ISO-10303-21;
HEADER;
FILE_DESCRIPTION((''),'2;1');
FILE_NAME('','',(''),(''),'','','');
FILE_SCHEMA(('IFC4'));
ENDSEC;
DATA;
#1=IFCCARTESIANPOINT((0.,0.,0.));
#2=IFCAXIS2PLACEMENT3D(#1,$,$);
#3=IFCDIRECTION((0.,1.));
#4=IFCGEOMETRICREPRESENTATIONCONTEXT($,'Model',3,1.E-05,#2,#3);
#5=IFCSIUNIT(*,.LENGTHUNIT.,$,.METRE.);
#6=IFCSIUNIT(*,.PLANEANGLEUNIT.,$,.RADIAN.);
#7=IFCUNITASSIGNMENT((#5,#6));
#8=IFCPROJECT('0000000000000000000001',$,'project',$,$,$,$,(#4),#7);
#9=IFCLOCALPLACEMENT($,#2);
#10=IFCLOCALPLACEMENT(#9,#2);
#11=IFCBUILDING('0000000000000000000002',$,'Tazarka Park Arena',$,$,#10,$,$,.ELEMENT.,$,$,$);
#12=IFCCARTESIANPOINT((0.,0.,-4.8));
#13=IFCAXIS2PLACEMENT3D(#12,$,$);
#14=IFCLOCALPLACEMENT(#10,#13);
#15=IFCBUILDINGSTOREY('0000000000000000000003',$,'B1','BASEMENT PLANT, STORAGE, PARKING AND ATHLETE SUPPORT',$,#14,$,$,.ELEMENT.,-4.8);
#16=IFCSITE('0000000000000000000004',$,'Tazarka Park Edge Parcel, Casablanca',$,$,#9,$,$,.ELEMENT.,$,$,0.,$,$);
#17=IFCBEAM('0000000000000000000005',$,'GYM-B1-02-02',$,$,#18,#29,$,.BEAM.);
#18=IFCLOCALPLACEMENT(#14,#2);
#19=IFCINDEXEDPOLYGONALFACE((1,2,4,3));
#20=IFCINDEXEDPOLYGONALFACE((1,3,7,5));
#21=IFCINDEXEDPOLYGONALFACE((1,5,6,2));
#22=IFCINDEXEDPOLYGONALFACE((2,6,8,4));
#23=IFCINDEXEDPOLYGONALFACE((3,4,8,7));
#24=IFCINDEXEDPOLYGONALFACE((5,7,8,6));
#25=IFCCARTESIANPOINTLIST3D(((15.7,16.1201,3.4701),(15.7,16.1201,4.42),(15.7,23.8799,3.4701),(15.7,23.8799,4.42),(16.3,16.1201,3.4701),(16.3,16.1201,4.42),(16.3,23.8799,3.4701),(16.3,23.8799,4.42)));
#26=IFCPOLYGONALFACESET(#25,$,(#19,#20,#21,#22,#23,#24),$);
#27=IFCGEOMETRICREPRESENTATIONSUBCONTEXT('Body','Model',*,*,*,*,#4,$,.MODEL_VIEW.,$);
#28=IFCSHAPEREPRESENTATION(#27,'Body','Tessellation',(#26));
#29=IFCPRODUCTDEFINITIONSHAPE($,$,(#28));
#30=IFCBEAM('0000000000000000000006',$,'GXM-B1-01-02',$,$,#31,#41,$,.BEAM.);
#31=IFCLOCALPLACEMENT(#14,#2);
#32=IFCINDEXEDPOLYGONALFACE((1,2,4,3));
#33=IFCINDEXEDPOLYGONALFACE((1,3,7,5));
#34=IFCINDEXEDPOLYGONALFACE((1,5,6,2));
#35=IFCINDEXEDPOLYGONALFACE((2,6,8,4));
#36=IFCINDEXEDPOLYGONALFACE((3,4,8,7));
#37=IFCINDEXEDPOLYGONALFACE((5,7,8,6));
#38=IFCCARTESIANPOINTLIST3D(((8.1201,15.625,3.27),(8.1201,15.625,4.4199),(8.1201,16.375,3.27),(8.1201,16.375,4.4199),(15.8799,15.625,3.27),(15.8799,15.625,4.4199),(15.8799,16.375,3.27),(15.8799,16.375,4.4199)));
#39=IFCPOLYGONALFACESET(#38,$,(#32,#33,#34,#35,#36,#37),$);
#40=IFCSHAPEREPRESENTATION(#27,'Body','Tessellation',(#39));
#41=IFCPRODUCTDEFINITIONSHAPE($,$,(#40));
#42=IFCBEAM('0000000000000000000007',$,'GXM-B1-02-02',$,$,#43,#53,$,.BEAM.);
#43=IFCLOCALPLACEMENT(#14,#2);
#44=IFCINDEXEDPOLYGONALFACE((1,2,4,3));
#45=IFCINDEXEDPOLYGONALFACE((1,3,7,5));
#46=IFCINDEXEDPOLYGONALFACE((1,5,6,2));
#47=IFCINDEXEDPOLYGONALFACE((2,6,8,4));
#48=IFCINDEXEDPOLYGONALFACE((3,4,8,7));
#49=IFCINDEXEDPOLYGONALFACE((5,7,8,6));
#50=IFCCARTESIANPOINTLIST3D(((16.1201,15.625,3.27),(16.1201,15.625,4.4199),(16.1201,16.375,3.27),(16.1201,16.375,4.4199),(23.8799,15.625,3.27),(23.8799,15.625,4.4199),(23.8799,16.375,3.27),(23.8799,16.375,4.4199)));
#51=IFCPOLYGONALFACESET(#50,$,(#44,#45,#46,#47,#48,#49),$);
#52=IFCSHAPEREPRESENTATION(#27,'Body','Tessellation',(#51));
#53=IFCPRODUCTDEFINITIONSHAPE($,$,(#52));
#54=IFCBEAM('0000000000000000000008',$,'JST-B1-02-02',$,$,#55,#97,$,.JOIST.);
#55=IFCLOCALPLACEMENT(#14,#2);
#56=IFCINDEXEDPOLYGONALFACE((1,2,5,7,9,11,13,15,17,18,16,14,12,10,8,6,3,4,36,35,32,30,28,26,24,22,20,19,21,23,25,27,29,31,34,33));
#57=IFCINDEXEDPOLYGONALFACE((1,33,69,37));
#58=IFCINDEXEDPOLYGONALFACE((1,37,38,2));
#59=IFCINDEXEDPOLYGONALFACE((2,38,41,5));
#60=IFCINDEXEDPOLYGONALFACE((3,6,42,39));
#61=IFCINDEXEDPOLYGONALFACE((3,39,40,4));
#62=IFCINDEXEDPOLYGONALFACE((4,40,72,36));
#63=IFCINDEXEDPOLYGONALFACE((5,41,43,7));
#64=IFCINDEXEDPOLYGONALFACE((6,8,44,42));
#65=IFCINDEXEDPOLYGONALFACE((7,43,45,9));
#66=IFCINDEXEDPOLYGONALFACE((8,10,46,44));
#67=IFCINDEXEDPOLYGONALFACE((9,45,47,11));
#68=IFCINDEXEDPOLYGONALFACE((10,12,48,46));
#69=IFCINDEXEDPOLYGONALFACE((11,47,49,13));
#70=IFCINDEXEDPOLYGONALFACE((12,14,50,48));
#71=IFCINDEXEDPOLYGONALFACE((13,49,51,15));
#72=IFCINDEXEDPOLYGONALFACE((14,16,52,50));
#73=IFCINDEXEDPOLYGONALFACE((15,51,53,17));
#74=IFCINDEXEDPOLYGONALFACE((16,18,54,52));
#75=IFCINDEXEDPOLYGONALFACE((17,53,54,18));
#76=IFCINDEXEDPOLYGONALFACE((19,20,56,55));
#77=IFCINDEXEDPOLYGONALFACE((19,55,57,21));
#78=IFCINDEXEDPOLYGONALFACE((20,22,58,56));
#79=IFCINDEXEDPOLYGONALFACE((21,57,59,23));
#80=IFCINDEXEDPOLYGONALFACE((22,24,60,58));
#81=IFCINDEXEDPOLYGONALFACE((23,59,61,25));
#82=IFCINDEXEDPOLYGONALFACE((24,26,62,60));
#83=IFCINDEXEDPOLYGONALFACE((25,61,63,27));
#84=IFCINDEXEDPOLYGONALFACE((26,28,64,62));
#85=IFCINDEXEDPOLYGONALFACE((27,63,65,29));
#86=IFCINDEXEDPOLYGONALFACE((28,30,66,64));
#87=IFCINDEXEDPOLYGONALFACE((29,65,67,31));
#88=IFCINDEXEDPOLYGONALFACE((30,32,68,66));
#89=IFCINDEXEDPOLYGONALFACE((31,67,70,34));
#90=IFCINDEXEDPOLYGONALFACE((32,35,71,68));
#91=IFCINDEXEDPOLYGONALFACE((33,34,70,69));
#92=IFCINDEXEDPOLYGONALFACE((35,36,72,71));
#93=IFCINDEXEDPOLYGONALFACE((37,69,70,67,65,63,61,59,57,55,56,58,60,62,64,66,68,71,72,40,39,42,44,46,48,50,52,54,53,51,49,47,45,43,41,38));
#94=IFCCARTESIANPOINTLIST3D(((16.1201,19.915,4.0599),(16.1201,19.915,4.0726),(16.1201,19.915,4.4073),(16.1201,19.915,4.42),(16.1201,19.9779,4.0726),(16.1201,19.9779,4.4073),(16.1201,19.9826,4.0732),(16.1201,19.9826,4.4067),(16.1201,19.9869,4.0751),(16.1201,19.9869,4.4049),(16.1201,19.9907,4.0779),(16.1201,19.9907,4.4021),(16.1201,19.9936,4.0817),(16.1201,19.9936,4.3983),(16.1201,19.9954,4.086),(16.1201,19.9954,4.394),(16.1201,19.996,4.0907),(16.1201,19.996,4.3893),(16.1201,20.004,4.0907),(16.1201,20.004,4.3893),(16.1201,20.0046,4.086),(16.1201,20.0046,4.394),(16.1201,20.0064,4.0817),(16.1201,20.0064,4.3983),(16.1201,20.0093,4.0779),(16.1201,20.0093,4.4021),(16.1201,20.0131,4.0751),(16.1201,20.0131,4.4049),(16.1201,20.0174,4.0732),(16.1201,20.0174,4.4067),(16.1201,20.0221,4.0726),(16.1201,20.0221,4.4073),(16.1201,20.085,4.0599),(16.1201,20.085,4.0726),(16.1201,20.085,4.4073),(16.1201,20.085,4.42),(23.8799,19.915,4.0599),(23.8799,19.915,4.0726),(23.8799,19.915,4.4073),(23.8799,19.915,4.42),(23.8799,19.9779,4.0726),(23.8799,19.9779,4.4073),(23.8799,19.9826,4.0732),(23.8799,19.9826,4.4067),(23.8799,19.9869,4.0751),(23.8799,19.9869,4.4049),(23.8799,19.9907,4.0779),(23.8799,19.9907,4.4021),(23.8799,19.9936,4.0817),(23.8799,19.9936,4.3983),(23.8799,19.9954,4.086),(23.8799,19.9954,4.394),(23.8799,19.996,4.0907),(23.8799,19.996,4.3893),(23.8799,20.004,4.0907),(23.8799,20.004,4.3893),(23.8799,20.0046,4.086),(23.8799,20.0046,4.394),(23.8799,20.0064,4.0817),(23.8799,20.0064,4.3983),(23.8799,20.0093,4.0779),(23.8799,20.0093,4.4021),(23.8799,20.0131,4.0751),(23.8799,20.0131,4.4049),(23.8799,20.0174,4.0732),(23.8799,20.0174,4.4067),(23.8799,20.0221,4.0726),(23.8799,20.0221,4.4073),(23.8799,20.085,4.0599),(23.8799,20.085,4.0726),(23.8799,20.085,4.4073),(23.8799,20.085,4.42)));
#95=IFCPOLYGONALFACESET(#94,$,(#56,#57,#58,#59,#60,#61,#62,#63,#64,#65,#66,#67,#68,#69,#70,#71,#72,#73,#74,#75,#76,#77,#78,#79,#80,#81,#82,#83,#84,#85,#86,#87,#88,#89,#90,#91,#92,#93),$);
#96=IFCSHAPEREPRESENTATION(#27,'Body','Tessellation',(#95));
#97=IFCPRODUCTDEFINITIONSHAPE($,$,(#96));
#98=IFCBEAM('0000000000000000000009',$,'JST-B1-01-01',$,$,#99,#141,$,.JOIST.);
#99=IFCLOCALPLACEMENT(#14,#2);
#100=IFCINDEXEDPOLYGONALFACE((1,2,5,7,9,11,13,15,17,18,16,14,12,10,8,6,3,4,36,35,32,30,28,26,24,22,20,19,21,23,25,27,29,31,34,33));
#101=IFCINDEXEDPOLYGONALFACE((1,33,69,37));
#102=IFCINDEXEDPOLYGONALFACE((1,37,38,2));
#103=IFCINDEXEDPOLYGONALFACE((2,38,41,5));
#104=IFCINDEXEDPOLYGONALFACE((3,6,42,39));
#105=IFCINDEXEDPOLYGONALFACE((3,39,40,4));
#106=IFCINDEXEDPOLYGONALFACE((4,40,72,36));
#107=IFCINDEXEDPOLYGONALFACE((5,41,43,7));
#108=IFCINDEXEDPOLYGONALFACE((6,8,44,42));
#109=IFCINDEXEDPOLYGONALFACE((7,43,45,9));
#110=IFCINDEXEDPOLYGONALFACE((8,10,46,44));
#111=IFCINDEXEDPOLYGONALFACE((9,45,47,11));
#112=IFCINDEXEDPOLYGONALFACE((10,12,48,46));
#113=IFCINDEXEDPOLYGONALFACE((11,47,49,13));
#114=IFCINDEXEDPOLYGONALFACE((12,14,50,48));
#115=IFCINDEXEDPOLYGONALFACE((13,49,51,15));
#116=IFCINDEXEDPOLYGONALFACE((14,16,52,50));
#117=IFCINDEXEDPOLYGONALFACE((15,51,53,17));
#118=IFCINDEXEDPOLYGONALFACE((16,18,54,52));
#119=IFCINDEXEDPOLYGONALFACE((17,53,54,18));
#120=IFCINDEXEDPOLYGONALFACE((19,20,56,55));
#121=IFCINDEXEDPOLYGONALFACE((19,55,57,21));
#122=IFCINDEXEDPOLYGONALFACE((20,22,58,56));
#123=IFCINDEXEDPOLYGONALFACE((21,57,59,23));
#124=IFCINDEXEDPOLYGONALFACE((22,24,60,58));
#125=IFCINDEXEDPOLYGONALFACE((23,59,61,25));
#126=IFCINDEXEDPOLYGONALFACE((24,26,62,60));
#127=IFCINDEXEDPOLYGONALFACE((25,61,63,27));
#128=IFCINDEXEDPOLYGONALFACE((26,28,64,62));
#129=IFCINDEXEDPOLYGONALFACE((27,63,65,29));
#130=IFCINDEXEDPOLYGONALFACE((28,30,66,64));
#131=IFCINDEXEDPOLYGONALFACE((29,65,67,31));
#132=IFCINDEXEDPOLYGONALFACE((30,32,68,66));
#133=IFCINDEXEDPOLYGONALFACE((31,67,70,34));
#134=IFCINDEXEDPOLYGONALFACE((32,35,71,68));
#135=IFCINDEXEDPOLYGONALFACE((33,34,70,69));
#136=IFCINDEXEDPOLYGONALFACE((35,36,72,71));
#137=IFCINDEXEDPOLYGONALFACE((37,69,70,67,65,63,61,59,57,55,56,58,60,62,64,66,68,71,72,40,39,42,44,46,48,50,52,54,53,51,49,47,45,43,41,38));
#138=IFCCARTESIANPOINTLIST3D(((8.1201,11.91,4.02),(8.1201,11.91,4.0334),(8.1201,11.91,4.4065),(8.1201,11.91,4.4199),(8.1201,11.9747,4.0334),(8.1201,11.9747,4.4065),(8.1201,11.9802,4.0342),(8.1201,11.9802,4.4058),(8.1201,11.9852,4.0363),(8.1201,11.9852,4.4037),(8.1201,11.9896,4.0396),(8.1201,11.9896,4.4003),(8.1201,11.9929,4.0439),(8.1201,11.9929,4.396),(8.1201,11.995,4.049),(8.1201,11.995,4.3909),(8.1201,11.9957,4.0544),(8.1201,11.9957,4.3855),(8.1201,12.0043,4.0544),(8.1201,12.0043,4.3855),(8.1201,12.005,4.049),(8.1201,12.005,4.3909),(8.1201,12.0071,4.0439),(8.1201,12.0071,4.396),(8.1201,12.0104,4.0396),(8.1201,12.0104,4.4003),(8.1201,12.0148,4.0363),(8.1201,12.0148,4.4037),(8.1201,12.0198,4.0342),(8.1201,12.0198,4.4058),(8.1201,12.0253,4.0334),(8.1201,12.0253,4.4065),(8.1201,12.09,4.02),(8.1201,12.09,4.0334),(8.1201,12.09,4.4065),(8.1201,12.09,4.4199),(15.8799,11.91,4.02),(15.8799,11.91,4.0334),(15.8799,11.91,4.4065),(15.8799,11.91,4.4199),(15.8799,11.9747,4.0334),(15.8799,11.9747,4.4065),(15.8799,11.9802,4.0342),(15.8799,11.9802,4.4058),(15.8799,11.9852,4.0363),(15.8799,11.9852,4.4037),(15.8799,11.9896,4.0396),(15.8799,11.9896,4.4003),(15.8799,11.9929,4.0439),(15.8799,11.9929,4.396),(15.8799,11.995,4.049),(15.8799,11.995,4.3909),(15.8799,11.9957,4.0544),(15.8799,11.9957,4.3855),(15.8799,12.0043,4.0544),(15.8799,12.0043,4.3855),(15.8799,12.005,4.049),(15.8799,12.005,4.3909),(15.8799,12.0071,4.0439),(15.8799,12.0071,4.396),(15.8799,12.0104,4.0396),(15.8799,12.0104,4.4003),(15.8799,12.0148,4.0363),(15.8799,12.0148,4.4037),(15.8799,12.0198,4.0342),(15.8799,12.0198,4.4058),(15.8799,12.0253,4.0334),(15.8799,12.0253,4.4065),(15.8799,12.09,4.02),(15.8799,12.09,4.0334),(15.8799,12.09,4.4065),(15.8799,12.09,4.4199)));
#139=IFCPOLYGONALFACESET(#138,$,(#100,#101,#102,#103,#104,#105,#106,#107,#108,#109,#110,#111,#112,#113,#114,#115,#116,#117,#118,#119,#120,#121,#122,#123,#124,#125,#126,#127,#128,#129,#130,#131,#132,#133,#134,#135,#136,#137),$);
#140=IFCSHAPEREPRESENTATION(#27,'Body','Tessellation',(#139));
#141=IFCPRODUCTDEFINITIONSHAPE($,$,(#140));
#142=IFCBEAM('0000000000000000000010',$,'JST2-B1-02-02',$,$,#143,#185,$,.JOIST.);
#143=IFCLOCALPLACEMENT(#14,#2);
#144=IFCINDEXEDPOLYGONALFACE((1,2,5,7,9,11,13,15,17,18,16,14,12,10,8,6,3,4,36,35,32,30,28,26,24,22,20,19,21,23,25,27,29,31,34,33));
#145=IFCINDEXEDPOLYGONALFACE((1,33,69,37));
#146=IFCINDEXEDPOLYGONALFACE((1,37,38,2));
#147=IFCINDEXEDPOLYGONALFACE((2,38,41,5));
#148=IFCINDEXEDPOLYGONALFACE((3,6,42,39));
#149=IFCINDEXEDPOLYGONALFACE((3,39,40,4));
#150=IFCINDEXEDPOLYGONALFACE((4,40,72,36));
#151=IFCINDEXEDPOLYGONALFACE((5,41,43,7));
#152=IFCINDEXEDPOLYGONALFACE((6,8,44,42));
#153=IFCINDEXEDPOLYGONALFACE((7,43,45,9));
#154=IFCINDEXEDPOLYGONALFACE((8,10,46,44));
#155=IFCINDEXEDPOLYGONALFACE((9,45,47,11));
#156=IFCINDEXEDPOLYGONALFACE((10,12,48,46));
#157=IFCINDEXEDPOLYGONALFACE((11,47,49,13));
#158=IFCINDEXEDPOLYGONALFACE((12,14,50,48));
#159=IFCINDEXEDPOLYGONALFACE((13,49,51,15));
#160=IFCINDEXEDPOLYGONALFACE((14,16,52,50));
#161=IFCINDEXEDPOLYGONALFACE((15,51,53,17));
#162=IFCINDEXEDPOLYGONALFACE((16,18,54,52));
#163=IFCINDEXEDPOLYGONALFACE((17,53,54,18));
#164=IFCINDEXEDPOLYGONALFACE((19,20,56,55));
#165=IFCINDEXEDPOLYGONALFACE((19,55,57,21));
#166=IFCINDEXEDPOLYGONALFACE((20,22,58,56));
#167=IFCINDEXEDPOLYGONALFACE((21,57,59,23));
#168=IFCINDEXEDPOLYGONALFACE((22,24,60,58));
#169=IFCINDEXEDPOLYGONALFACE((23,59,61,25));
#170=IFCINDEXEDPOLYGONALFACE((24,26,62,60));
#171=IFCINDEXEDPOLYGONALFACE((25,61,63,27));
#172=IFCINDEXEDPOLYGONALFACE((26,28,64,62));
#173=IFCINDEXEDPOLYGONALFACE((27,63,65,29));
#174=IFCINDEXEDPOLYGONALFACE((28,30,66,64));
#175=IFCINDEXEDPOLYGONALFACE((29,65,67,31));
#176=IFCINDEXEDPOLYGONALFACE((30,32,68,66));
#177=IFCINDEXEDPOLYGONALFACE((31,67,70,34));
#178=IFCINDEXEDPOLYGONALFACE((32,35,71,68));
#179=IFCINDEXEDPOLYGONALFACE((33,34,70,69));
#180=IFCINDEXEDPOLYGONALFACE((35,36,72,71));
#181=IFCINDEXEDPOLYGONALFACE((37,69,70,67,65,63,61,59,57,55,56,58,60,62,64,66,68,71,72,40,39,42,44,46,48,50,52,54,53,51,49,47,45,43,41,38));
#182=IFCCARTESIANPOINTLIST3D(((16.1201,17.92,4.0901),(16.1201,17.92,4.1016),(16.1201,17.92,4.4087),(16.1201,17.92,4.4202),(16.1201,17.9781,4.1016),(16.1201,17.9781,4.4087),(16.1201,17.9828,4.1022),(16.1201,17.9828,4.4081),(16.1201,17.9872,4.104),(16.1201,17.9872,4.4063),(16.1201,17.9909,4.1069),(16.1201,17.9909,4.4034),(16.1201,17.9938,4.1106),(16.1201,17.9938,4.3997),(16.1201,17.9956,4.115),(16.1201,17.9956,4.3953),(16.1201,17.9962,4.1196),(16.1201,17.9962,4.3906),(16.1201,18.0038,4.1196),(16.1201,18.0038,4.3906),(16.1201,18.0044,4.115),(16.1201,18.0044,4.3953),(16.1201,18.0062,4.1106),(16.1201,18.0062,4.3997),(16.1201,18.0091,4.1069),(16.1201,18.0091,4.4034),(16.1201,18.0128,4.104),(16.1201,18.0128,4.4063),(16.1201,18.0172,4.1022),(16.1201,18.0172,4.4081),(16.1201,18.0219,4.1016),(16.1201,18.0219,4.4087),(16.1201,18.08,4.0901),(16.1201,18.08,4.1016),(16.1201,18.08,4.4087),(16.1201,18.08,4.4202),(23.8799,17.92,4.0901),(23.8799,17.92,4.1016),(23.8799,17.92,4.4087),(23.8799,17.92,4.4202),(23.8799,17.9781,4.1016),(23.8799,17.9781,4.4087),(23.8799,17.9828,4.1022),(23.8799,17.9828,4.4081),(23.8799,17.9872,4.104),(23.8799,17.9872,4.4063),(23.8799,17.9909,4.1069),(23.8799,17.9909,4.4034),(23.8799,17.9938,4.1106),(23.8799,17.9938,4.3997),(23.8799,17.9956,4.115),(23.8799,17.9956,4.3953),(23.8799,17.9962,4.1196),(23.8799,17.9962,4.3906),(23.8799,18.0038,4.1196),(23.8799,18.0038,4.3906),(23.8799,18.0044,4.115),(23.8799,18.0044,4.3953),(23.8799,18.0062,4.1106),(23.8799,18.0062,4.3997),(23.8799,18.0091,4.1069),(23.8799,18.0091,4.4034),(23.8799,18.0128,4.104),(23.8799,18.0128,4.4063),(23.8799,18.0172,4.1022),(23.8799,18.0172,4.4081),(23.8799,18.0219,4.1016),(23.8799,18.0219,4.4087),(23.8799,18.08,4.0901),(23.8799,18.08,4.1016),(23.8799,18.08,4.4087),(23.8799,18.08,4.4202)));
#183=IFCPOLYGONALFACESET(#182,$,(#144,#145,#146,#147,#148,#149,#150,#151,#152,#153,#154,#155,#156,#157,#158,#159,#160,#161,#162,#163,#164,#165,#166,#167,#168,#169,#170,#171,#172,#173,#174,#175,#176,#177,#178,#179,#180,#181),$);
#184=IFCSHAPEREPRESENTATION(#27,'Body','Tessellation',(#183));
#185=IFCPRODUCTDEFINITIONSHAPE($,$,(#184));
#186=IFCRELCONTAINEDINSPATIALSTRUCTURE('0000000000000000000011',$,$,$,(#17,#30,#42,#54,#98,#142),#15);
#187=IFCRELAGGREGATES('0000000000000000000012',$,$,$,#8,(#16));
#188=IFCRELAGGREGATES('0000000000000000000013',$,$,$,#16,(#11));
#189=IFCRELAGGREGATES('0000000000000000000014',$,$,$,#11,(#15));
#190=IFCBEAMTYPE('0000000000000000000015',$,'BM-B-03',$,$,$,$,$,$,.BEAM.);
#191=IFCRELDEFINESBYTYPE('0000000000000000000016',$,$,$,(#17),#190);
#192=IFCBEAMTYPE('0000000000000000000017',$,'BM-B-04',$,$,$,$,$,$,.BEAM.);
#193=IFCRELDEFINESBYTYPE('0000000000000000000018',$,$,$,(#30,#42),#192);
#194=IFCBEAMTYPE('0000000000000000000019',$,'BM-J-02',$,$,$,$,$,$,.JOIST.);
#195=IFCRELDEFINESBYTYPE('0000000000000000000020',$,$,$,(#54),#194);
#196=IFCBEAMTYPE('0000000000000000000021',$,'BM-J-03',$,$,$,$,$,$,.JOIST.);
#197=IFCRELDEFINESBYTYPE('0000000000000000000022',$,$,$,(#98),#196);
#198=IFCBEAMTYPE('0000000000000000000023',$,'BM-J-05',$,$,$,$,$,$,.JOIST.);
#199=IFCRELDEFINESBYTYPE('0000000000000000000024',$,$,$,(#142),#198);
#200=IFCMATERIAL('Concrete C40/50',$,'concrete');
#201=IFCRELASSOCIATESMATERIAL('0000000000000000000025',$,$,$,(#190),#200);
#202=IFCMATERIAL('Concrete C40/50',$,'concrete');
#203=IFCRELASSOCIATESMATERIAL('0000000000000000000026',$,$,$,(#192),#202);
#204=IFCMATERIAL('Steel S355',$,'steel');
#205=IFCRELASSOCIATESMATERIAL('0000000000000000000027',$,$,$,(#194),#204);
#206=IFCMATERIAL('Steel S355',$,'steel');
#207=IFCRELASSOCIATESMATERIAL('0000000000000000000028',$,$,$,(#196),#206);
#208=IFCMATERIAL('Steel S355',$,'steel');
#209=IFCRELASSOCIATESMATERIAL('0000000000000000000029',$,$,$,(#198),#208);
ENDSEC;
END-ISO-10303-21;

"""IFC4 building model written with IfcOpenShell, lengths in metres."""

from ifc_helpers import new_model, si_unit, direction, frame, origin, origin_2d, place, context, subcontext, project, spatial, rectangle, i_section, extrude, material, material_profile, profile_set, type_object, element, save


model = new_model("IFC4")

# Units and contexts
model_context = context("Model", 3, precision=1e-05, world=origin(), true_north=direction((0.0, 1.0)))
body_context = subcontext(model_context, "Body", "Model", "MODEL_VIEW")
ifc_project = project(units=[si_unit("LENGTHUNIT", "METRE"), si_unit("PLANEANGLEUNIT", "RADIAN")], contexts=[model_context])

# Site, building, storey
site_placement = place(None, origin())
site = spatial("IfcSite", under=ifc_project, at=site_placement, Name="Tazarka Park Edge Parcel, Casablanca", CompositionType="ELEMENT", RefElevation=0.0)
building_placement = place(site_placement, origin())
building = spatial("IfcBuilding", under=site, at=building_placement, Name="Tazarka Park Arena", CompositionType="ELEMENT")
storey_placement = place(building_placement, frame((0.0, 0.0, -4.8)))
storey = spatial("IfcBuildingStorey", under=building, at=storey_placement, Name="B1", Description="BASEMENT PLANT, STORAGE, PARKING AND ATHLETE SUPPORT", CompositionType="ELEMENT", Elevation=-4.8)

# Beams
ifc_material_1 = material(Name="Concrete C40/50", Category="concrete")
ifc_material_profile_1 = material_profile(ifc_material_1, rectangle(XDim=0.6001, YDim=0.95, at=origin_2d()), Name="Concrete C40/50")
ifc_profile_set_1 = profile_set([ifc_material_profile_1], Name="Concrete C40/50")
beam_type_1 = type_object("IfcBeamType", Name="BM-B-03", PredefinedType="BEAM", material=ifc_profile_set_1)
beam_1_placement = place(storey_placement, frame((16.0, 16.1201, 3.9451), z_axis=(0.0, 1.0, 0.0), x_axis=(-1.0, 0.0, 0.0)))
element("IfcBeam", 1, at=beam_1_placement, inside=storey, type_object=beam_type_1, Name="GYM-B1-02-02", PredefinedType="BEAM", context=body_context, shape_type="SweptSolid", body=[
    extrude(rectangle(XDim=0.6001, YDim=0.95, at=origin_2d()), origin(), (0.0, 0.0, 1.0), 7.7598),
])
ifc_material_2 = material(Name="Concrete C40/50", Category="concrete")
ifc_material_profile_2 = material_profile(ifc_material_2, rectangle(XDim=0.75, YDim=1.1499, at=origin_2d()), Name="Concrete C40/50")
ifc_profile_set_2 = profile_set([ifc_material_profile_2], Name="Concrete C40/50")
beam_type_2 = type_object("IfcBeamType", Name="BM-B-04", PredefinedType="BEAM", material=ifc_profile_set_2)
for number, where, z_axis, x_axis, name in (
    (2, (8.1201, 16.0, 3.845), (1.0, 0.0, 0.0), (0.0, 1.0, 0.0), "GXM-B1-01-02"),
    (3, (16.1201, 16.0, 3.845), (1.0, 0.0, 0.0), (0.0, 1.0, 0.0), "GXM-B1-02-02"),
):
    element("IfcBeam", number, at=place(storey_placement, frame(where, z_axis=z_axis, x_axis=x_axis)), inside=storey, type_object=beam_type_2, Name=name, PredefinedType="BEAM", context=body_context, shape_type="SweptSolid", body=[
        extrude(rectangle(XDim=0.75, YDim=1.1499, at=origin_2d()), origin(), (0.0, 0.0, 1.0), 7.7598),
    ])
ifc_material_3 = material(Name="Steel S355", Category="steel")
ifc_material_profile_3 = material_profile(ifc_material_3, i_section(OverallWidth=0.1699, OverallDepth=0.3601, WebThickness=0.0081, FlangeThickness=0.0127, FilletRadius=0.0181, at=origin_2d()), Name="Steel S355")
ifc_profile_set_3 = profile_set([ifc_material_profile_3], Name="Steel S355")
beam_type_3 = type_object("IfcBeamType", Name="BM-J-02", PredefinedType="JOIST", material=ifc_profile_set_3)
beam_2_placement = place(storey_placement, frame((16.1201, 20.0, 4.24), z_axis=(1.0, 0.0, 0.0), x_axis=(0.0, 1.0, 0.0)))
element("IfcBeam", 4, at=beam_2_placement, inside=storey, type_object=beam_type_3, Name="JST-B1-02-02", PredefinedType="JOIST", context=body_context, shape_type="SweptSolid", body=[
    extrude(i_section(OverallWidth=0.1699, OverallDepth=0.3601, WebThickness=0.0081, FlangeThickness=0.0127, FilletRadius=0.0181, at=origin_2d()), origin(), (0.0, 0.0, 1.0), 7.7598),
])
ifc_material_4 = material(Name="Steel S355", Category="steel")
ifc_material_profile_4 = material_profile(ifc_material_4, i_section(OverallWidth=0.1799, OverallDepth=0.3999, WebThickness=0.0085, FlangeThickness=0.0134, FilletRadius=0.021, at=origin_2d()), Name="Steel S355")
ifc_profile_set_4 = profile_set([ifc_material_profile_4], Name="Steel S355")
beam_type_4 = type_object("IfcBeamType", Name="BM-J-03", PredefinedType="JOIST", material=ifc_profile_set_4)
beam_3_placement = place(storey_placement, frame((8.1201, 12.0, 4.22), z_axis=(1.0, 0.0, 0.0), x_axis=(0.0, 1.0, 0.0)))
element("IfcBeam", 5, at=beam_3_placement, inside=storey, type_object=beam_type_4, Name="JST-B1-01-01", PredefinedType="JOIST", context=body_context, shape_type="SweptSolid", body=[
    extrude(i_section(OverallWidth=0.1799, OverallDepth=0.3999, WebThickness=0.0085, FlangeThickness=0.0134, FilletRadius=0.021, at=origin_2d()), origin(), (0.0, 0.0, 1.0), 7.7598),
])
ifc_material_5 = material(Name="Steel S355", Category="steel")
ifc_material_profile_5 = material_profile(ifc_material_5, i_section(OverallWidth=0.1599, OverallDepth=0.3301, WebThickness=0.0076, FlangeThickness=0.0115, FilletRadius=0.0181, at=origin_2d()), Name="Steel S355")
ifc_profile_set_5 = profile_set([ifc_material_profile_5], Name="Steel S355")
beam_type_5 = type_object("IfcBeamType", Name="BM-J-05", PredefinedType="JOIST", material=ifc_profile_set_5)
beam_4_placement = place(storey_placement, frame((16.1201, 18.0, 4.2551), z_axis=(1.0, 0.0, 0.0), x_axis=(0.0, 1.0, 0.0)))
element("IfcBeam", 6, at=beam_4_placement, inside=storey, type_object=beam_type_5, Name="JST2-B1-02-02", PredefinedType="JOIST", context=body_context, shape_type="SweptSolid", body=[
    extrude(i_section(OverallWidth=0.1599, OverallDepth=0.3301, WebThickness=0.0076, FlangeThickness=0.0115, FilletRadius=0.0181, at=origin_2d()), origin(), (0.0, 0.0, 1.0), 7.7598),
])

save(model, "model.ifc")
